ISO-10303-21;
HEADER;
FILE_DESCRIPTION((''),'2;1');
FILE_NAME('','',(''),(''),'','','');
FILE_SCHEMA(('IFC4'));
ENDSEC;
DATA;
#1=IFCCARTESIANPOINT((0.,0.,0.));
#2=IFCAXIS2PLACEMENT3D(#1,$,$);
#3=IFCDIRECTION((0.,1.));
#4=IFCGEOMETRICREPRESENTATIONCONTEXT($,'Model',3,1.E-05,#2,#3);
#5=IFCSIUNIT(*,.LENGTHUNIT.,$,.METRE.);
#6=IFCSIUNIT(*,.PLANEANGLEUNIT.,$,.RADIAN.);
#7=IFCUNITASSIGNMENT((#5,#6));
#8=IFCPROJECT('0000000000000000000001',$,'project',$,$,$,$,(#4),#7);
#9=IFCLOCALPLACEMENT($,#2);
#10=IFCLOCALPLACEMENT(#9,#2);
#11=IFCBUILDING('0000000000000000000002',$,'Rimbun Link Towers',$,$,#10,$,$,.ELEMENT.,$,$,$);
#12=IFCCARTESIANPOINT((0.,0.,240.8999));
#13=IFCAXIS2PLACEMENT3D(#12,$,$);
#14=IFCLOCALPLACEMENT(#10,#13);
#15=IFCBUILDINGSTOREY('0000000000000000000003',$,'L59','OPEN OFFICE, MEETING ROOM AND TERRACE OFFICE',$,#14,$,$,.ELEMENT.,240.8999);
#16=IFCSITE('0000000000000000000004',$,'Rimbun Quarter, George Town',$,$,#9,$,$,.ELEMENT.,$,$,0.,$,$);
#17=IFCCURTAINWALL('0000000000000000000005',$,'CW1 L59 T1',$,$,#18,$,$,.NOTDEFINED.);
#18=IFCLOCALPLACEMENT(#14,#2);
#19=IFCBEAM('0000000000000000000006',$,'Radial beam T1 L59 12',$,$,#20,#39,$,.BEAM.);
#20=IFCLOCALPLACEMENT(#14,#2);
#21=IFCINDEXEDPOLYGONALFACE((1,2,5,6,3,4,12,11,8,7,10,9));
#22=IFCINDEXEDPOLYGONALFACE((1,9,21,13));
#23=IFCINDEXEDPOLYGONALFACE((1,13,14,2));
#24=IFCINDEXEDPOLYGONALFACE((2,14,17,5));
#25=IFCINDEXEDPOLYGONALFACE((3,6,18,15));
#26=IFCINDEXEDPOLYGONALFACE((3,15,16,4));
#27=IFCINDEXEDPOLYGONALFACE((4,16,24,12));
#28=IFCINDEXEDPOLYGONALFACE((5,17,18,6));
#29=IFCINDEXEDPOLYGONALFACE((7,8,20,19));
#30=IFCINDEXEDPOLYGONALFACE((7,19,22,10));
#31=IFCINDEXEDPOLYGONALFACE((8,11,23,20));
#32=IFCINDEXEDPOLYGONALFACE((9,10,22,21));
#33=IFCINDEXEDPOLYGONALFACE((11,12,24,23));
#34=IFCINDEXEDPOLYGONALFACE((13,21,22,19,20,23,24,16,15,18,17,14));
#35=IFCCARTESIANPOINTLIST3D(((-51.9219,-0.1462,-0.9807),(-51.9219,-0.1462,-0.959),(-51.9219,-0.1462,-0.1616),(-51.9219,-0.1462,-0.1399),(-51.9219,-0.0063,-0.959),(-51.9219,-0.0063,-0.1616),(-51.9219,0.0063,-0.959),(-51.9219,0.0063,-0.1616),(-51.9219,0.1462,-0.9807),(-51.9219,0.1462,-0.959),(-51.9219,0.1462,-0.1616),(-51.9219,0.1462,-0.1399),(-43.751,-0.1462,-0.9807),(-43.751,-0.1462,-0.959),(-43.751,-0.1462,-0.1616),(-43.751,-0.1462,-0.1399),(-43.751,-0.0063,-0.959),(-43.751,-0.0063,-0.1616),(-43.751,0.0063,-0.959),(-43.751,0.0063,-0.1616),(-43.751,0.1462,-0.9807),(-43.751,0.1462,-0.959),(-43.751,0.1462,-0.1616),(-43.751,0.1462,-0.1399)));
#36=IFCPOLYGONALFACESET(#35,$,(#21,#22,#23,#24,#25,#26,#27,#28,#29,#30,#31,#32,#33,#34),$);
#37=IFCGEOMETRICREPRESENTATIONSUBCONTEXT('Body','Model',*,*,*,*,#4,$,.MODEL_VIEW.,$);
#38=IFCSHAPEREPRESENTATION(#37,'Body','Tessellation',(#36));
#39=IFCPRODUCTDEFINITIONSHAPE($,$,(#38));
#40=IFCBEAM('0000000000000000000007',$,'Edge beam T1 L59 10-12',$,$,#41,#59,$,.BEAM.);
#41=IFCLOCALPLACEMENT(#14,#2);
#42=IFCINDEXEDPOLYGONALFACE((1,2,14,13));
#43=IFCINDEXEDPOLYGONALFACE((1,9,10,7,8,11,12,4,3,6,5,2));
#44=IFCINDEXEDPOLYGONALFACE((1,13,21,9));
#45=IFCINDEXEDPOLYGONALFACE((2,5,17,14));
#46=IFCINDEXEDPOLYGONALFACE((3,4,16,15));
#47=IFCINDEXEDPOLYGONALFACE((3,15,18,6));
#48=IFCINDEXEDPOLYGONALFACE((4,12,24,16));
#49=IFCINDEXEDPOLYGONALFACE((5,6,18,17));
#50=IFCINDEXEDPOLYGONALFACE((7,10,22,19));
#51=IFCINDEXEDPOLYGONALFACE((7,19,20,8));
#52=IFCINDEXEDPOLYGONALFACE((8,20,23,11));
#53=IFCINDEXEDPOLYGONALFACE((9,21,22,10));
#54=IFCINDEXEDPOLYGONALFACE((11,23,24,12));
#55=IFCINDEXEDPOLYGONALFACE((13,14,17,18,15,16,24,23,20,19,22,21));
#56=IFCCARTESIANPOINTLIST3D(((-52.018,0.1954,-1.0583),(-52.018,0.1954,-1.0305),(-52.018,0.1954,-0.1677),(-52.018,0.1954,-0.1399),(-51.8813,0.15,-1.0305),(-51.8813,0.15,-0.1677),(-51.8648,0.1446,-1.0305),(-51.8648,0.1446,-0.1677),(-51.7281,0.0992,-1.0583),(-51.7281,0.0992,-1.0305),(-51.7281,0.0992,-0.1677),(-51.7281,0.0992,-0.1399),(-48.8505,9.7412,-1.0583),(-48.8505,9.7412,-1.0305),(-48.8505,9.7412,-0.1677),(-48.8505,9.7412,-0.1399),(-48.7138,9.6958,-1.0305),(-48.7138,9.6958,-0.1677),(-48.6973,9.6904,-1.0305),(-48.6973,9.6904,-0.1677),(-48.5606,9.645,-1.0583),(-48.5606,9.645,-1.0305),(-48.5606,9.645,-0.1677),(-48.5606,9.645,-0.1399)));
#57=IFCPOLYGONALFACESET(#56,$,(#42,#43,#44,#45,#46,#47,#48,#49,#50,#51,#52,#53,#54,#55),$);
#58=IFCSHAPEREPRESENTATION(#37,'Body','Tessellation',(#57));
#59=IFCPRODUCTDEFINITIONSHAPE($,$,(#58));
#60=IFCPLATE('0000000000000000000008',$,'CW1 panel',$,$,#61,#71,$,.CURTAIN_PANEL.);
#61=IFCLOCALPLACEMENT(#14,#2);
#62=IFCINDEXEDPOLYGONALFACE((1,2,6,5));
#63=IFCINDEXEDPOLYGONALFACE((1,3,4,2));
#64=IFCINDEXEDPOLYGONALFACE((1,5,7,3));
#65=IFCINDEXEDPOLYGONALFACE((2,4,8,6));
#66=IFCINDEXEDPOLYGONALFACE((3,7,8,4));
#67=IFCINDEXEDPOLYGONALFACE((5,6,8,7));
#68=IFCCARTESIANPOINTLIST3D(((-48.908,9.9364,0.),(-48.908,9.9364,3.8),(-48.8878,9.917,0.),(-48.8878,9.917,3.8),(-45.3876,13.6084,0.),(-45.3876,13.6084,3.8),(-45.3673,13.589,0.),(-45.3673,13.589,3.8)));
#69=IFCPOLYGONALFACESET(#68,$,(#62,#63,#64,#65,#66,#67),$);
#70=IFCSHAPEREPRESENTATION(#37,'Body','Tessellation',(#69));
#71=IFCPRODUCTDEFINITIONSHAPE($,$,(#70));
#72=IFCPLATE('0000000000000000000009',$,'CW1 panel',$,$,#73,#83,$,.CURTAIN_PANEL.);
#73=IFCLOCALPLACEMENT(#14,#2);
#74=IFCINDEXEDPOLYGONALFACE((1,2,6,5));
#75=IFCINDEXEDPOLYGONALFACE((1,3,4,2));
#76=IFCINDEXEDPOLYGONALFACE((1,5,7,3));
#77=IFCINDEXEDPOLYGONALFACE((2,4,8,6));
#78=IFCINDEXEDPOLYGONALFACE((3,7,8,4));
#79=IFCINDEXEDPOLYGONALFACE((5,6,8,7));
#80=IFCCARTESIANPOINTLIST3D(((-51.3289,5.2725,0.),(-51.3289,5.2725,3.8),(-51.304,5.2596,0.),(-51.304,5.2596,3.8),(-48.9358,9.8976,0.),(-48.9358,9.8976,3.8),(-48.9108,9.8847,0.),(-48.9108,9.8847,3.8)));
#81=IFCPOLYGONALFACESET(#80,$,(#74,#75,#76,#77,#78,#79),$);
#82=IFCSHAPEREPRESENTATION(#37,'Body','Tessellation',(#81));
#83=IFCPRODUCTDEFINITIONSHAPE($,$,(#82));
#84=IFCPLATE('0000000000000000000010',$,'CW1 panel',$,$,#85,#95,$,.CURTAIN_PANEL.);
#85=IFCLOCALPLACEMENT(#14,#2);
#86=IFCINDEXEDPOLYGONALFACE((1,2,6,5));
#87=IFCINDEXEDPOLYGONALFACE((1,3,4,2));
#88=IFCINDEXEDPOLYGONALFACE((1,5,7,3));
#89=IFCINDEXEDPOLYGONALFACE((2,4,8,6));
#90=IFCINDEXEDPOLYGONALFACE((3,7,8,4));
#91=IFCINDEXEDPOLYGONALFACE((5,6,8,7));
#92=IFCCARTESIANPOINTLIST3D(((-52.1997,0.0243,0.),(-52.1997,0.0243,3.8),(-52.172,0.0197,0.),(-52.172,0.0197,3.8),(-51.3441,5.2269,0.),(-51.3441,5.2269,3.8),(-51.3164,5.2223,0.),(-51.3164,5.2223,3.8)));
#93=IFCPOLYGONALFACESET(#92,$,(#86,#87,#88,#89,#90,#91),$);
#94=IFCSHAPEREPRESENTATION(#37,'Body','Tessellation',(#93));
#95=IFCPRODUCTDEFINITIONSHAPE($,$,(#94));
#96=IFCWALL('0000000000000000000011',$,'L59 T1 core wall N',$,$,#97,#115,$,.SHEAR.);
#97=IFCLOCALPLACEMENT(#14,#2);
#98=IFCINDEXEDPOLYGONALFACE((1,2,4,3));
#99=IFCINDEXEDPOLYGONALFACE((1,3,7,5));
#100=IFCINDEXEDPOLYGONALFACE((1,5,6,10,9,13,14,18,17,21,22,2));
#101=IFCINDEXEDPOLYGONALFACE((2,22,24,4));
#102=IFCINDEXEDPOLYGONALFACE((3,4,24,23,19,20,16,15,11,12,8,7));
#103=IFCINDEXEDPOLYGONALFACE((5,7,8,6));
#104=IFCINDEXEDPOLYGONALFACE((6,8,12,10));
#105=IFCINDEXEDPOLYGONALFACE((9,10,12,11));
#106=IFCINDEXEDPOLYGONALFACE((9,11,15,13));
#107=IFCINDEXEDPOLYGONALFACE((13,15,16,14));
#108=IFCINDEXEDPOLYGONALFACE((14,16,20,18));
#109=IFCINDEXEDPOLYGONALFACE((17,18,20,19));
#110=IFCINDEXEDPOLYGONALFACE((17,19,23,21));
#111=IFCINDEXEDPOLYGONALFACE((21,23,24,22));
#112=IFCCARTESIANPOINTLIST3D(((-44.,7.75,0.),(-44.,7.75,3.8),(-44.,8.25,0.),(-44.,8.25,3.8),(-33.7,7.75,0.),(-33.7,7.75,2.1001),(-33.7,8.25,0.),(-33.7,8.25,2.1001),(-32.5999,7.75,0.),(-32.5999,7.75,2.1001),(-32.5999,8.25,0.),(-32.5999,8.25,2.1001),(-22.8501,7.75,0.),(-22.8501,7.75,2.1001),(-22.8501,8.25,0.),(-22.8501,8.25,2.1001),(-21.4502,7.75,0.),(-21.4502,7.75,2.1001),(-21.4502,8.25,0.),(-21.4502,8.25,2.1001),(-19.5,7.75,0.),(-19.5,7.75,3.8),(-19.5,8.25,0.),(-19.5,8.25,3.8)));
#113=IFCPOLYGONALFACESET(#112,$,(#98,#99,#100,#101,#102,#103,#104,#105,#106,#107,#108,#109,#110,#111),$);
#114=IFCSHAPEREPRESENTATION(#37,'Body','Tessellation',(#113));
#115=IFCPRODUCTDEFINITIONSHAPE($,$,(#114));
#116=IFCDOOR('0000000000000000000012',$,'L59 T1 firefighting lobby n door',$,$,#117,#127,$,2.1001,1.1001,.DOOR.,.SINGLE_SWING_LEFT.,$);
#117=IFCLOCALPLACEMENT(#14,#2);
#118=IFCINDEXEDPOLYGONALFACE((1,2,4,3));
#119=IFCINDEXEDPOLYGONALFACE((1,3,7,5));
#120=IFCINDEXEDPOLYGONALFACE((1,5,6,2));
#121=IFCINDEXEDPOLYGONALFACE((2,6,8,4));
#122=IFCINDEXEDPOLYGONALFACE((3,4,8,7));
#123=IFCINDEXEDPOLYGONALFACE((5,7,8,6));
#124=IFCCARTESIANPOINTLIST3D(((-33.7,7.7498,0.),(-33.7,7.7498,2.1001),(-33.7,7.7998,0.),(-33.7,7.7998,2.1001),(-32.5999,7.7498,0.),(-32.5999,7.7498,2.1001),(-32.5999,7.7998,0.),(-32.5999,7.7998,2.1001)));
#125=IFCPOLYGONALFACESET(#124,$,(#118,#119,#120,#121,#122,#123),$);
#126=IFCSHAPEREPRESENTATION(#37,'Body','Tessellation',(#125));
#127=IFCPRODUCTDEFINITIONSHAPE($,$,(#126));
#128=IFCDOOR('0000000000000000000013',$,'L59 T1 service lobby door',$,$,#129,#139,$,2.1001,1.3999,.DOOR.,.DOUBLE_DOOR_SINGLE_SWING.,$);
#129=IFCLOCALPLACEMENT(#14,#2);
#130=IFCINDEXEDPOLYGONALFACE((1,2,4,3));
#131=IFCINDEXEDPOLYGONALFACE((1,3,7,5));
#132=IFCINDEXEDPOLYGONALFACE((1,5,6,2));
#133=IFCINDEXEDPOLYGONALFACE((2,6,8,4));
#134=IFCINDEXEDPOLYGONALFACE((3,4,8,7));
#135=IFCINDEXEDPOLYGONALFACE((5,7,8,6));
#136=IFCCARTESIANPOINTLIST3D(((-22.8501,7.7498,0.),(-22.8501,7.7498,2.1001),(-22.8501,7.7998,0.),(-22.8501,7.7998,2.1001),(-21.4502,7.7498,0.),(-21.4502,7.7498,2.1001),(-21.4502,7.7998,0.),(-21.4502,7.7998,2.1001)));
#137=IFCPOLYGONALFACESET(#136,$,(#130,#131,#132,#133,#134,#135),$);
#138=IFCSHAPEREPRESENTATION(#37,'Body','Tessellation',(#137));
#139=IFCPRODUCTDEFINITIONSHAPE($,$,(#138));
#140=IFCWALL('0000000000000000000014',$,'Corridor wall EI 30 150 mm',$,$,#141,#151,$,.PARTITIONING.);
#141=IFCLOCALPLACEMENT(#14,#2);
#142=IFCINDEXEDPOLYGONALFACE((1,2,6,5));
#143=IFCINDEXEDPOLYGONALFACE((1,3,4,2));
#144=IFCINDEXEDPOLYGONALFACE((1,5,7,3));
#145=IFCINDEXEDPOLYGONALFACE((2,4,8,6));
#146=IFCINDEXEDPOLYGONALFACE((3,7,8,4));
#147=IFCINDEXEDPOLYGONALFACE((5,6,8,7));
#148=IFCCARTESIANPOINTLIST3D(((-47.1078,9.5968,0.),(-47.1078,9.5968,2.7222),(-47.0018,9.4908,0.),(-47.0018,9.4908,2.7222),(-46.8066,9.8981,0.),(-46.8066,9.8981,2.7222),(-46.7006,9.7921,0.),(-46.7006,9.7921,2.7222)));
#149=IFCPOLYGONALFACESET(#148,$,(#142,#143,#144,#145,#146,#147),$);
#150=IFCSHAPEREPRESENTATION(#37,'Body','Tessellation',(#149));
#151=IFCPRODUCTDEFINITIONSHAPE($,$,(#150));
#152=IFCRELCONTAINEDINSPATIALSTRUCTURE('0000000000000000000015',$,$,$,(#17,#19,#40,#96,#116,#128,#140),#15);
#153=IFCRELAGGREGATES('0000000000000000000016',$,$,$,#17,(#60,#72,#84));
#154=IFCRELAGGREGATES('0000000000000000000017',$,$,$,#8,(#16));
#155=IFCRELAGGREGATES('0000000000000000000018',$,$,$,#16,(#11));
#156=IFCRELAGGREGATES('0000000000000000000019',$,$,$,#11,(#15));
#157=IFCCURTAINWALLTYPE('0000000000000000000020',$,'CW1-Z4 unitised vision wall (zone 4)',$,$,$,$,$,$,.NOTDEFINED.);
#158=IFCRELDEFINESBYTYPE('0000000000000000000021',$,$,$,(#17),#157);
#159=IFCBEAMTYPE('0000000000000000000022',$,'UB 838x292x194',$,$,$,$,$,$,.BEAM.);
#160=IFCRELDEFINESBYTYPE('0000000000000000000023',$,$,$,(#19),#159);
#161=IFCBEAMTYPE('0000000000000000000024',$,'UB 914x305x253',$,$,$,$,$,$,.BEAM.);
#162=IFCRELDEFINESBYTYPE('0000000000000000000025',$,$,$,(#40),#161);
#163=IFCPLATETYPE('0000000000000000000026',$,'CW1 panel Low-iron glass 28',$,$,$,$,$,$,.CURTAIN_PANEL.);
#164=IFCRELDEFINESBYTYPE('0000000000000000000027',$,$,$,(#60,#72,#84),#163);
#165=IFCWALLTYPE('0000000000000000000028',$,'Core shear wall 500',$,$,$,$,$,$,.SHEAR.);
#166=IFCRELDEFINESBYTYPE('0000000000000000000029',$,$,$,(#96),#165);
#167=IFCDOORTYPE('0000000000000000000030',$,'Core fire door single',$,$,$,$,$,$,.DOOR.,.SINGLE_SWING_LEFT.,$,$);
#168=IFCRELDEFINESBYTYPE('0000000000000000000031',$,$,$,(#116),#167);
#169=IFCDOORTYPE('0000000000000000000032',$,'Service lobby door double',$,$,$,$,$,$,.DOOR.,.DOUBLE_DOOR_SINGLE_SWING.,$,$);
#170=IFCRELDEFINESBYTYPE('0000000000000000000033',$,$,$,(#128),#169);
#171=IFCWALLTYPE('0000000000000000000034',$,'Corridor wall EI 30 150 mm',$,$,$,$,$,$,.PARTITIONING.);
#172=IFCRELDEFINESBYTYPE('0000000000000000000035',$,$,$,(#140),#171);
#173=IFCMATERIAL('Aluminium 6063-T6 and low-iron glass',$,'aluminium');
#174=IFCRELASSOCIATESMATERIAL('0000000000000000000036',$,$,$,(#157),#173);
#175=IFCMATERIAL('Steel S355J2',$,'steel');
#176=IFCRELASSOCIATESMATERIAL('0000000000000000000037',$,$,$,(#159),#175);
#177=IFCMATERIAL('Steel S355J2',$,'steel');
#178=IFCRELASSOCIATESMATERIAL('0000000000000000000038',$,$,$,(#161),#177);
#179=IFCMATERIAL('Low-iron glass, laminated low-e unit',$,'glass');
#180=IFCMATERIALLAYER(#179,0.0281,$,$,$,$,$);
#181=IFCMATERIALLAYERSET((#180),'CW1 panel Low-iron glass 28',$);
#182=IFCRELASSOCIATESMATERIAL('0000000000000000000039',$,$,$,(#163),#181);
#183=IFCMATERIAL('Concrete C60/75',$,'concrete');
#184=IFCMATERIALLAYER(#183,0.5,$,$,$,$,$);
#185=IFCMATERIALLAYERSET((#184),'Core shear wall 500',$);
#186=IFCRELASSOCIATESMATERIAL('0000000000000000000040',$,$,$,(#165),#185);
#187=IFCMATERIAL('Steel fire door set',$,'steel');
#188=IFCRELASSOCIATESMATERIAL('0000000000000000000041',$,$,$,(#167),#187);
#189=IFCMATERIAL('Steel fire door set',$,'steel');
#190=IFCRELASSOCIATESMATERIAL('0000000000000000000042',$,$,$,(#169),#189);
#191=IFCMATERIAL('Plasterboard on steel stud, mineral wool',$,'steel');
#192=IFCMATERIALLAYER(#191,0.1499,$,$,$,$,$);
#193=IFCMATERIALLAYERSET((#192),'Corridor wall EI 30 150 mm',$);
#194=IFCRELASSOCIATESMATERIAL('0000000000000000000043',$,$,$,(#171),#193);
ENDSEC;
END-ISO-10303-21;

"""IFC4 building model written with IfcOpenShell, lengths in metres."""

from ifc_helpers import new_model, si_unit, direction, frame, frame_2d, origin, origin_2d, place, context, subcontext, project, spatial, rectangle, i_section, extrude, material, layer, layer_set, material_profile, profile_set, type_object, element, fill, aggregate, save


model = new_model("IFC4")

# Units and contexts
model_context = context("Model", 3, precision=1e-05, world=origin(), true_north=direction((0.0, 1.0)))
body_context = subcontext(model_context, "Body", "Model", "MODEL_VIEW")
ifc_project = project(units=[si_unit("LENGTHUNIT", "METRE"), si_unit("PLANEANGLEUNIT", "RADIAN")], contexts=[model_context])

# Site, building, storey
site_placement = place(None, origin())
site = spatial("IfcSite", under=ifc_project, at=site_placement, Name="Rimbun Quarter, George Town", CompositionType="ELEMENT", RefElevation=0.0)
building_placement = place(site_placement, origin())
building = spatial("IfcBuilding", under=site, at=building_placement, Name="Rimbun Link Towers", CompositionType="ELEMENT")
storey_placement = place(building_placement, frame((0.0, 0.0, 240.8999)))
storey = spatial("IfcBuildingStorey", under=building, at=storey_placement, Name="L59", Description="OPEN OFFICE, MEETING ROOM AND TERRACE OFFICE", CompositionType="ELEMENT", Elevation=240.8999)

# Curtain wall
ifc_material_1 = material(Name="Aluminium 6063-T6 and low-iron glass", Category="aluminium")
curtain_wall_type = type_object("IfcCurtainWallType", Name="CW1-Z4 unitised vision wall (zone 4)", PredefinedType="NOTDEFINED", material=ifc_material_1)
curtain_wall_placement = place(storey_placement, origin())
curtain_wall = element("IfcCurtainWall", 1, at=curtain_wall_placement, inside=storey, type_object=curtain_wall_type, Name="CW1 L59 T1", PredefinedType="NOTDEFINED")

# Beams
ifc_material_2 = material(Name="Steel S355J2", Category="steel")
ifc_material_profile_1 = material_profile(ifc_material_2, i_section(OverallWidth=0.2925, OverallDepth=0.8408, WebThickness=0.0127, FlangeThickness=0.0217, at=origin_2d()), Name="UB 838x292x194")
ifc_profile_set_1 = profile_set([ifc_material_profile_1], Name="Steel S355J2")
beam_type_1 = type_object("IfcBeamType", Name="UB 838x292x194", PredefinedType="BEAM", material=ifc_profile_set_1)
beam_1_placement = place(storey_placement, frame((-43.751, 0.0, -0.5603), z_axis=(-1.0, 0.0, 0.0), x_axis=(0.0, -1.0, 0.0)))
element("IfcBeam", 2, at=beam_1_placement, inside=storey, type_object=beam_type_1, Name="Radial beam T1 L59 12", PredefinedType="BEAM", context=body_context, shape_type="SweptSolid", body=[
    extrude(i_section(OverallWidth=0.2925, OverallDepth=0.8408, WebThickness=0.0127, FlangeThickness=0.0217, at=origin_2d()), origin(), (0.0, 0.0, 1.0), 8.1709),
])
ifc_material_3 = material(Name="Steel S355J2", Category="steel")
ifc_material_profile_2 = material_profile(ifc_material_3, i_section(OverallWidth=0.3054, OverallDepth=0.9185, WebThickness=0.0173, FlangeThickness=0.0278, at=origin_2d()), Name="UB 914x305x253")
ifc_profile_set_2 = profile_set([ifc_material_profile_2], Name="Steel S355J2")
beam_type_2 = type_object("IfcBeamType", Name="UB 914x305x253", PredefinedType="BEAM", material=ifc_profile_set_2)
beam_2_placement = place(storey_placement, frame((-48.7056, 9.6931, -0.5991), z_axis=(-0.314931, -0.949114, 0.0), x_axis=(0.949114, -0.314931, 0.0)))
element("IfcBeam", 3, at=beam_2_placement, inside=storey, type_object=beam_type_2, Name="Edge beam T1 L59 10-12", PredefinedType="BEAM", context=body_context, shape_type="SweptSolid", body=[
    extrude(i_section(OverallWidth=0.3054, OverallDepth=0.9185, WebThickness=0.0173, FlangeThickness=0.0278, at=origin_2d()), origin(), (0.0, 0.0, 1.0), 10.0576),
])

# Plates
ifc_material_4 = material(Name="Low-iron glass, laminated low-e unit", Category="glass")
ifc_layer_1 = layer(ifc_material_4, 0.0281)
ifc_layer_set_1 = layer_set([ifc_layer_1], Name="CW1 panel Low-iron glass 28")
plate_type = type_object("IfcPlateType", Name="CW1 panel Low-iron glass 28", PredefinedType="CURTAIN_PANEL", material=ifc_layer_set_1)
plate_1_placement = place(storey_placement, frame((-47.1377, 11.7627, 0.0), z_axis=(0.0, 0.0, 1.0), x_axis=(0.692058, 0.721842, 0.0)))
plate_1 = element("IfcPlate", 4, at=plate_1_placement, type_object=plate_type, Name="CW1 panel", PredefinedType="CURTAIN_PANEL", context=body_context, shape_type="SweptSolid", body=[
    extrude(rectangle(XDim=5.0869, YDim=0.0281, at=origin_2d()), origin(), (0.0, 0.0, 1.0), 3.8),
])
plate_2_placement = place(storey_placement, frame((-50.1199, 7.5786, 0.0), z_axis=(0.0, 0.0, 1.0), x_axis=(0.45955, 0.888152, 0.0)))
plate_2 = element("IfcPlate", 5, at=plate_2_placement, type_object=plate_type, Name="CW1 panel", PredefinedType="CURTAIN_PANEL", context=body_context, shape_type="SweptSolid", body=[
    extrude(rectangle(XDim=5.2075, YDim=0.0281, at=origin_2d()), origin(), (0.0, 0.0, 1.0), 3.8),
])
plate_3_placement = place(storey_placement, frame((-51.7581, 2.6233, 0.0), z_axis=(0.0, 0.0, 1.0), x_axis=(0.162262, 0.986748, 0.0)))
plate_3 = element("IfcPlate", 6, at=plate_3_placement, type_object=plate_type, Name="CW1 panel", PredefinedType="CURTAIN_PANEL", context=body_context, shape_type="SweptSolid", body=[
    extrude(rectangle(XDim=5.2725, YDim=0.0281, at=origin_2d()), origin(), (0.0, 0.0, 1.0), 3.8),
])
aggregate(curtain_wall, [plate_1, plate_2, plate_3])

# Wall, openings, doors
ifc_material_5 = material(Name="Concrete C60/75", Category="concrete")
ifc_layer_2 = layer(ifc_material_5, 0.5)
ifc_layer_set_2 = layer_set([ifc_layer_2], Name="Core shear wall 500")
wall_type_1 = type_object("IfcWallType", Name="Core shear wall 500", PredefinedType="SHEAR", material=ifc_layer_set_2)
wall_1_placement = place(storey_placement, frame((-44.0, 8.0, 0.0), z_axis=(0.0, 0.0, 1.0), x_axis=(1.0, 0.0, 0.0)))
wall_1 = element("IfcWall", 7, at=wall_1_placement, inside=storey, type_object=wall_type_1, Name="L59 T1 core wall N", PredefinedType="SHEAR", context=body_context, shape_type="SweptSolid", body=[
    extrude(rectangle(XDim=24.5, YDim=0.5, at=frame_2d((12.25, 0.0))), origin(), (0.0, 0.0, 1.0), 3.8),
])
opening_1_placement = place(wall_1_placement, frame((10.3, 0.0, 0.0)))
opening_1 = element("IfcOpeningElement", 8, at=opening_1_placement, cuts=wall_1, PredefinedType="OPENING", context=body_context, shape_type="SweptSolid", body=[
    extrude(rectangle(XDim=1.1001, YDim=2.1001, at=frame_2d((0.55, 1.05))), frame((0.0, 0.26, 0.0), z_axis=(0.0, -1.0, 0.0), x_axis=(1.0, 0.0, 0.0)), (0.0, 0.0, 1.0), 0.52),
])
opening_2_placement = place(wall_1_placement, frame((21.1499, 0.0, 0.0)))
opening_2 = element("IfcOpeningElement", 9, at=opening_2_placement, cuts=wall_1, PredefinedType="OPENING", context=body_context, shape_type="SweptSolid", body=[
    extrude(rectangle(XDim=1.3999, YDim=2.1001, at=frame_2d((0.7, 1.05))), frame((0.0, 0.26, 0.0), z_axis=(0.0, -1.0, 0.0), x_axis=(1.0, 0.0, 0.0)), (0.0, 0.0, 1.0), 0.52),
])
ifc_material_6 = material(Name="Steel fire door set", Category="steel")
door_type_1 = type_object("IfcDoorType", Name="Core fire door single", OperationType="SINGLE_SWING_LEFT", PredefinedType="DOOR", material=ifc_material_6)
door_1_placement = place(opening_1_placement, origin())
door_1 = element("IfcDoor", 10, at=door_1_placement, inside=storey, type_object=door_type_1, Name="L59 T1 firefighting lobby n door", OperationType="SINGLE_SWING_LEFT", OverallHeight=2.1001, OverallWidth=1.1001, PredefinedType="DOOR", context=body_context, shape_type="SweptSolid", body=[
    extrude(rectangle(XDim=1.1001, YDim=2.1001, at=frame_2d((0.55, 1.05))), frame((0.0, -0.2002, 0.0), z_axis=(0.0, -1.0, 0.0), x_axis=(1.0, 0.0, 0.0)), (0.0, 0.0, 1.0), 0.05),
])
fill(opening_1, door_1)
ifc_material_7 = material(Name="Steel fire door set", Category="steel")
door_type_2 = type_object("IfcDoorType", Name="Service lobby door double", OperationType="DOUBLE_DOOR_SINGLE_SWING", PredefinedType="DOOR", material=ifc_material_7)
door_2_placement = place(opening_2_placement, origin())
door_2 = element("IfcDoor", 11, at=door_2_placement, inside=storey, type_object=door_type_2, Name="L59 T1 service lobby door", OperationType="DOUBLE_DOOR_SINGLE_SWING", OverallHeight=2.1001, OverallWidth=1.3999, PredefinedType="DOOR", context=body_context, shape_type="SweptSolid", body=[
    extrude(rectangle(XDim=1.3999, YDim=2.1001, at=frame_2d((0.7, 1.05))), frame((0.0, -0.2002, 0.0), z_axis=(0.0, -1.0, 0.0), x_axis=(1.0, 0.0, 0.0)), (0.0, 0.0, 1.0), 0.05),
])
fill(opening_2, door_2)

# Wall
ifc_material_8 = material(Name="Plasterboard on steel stud, mineral wool", Category="steel")
ifc_layer_3 = layer(ifc_material_8, 0.1499)
ifc_layer_set_3 = layer_set([ifc_layer_3], Name="Corridor wall EI 30 150 mm")
wall_type_2 = type_object("IfcWallType", Name="Corridor wall EI 30 150 mm", PredefinedType="PARTITIONING", material=ifc_layer_set_3)
wall_2_placement = place(storey_placement, frame((-46.7537, 9.845, 0.0), z_axis=(0.0, 0.0, 1.0), x_axis=(-0.707107, -0.707107, 0.0)))
element("IfcWall", 12, at=wall_2_placement, inside=storey, type_object=wall_type_2, Name="Corridor wall EI 30 150 mm", PredefinedType="PARTITIONING", context=body_context, shape_type="SweptSolid", body=[
    extrude(rectangle(XDim=0.426, YDim=0.1499, at=frame_2d((0.2129, 0.0))), origin(), (0.0, 0.0, 1.0), 2.7222),
])

save(model, "model.ifc")
